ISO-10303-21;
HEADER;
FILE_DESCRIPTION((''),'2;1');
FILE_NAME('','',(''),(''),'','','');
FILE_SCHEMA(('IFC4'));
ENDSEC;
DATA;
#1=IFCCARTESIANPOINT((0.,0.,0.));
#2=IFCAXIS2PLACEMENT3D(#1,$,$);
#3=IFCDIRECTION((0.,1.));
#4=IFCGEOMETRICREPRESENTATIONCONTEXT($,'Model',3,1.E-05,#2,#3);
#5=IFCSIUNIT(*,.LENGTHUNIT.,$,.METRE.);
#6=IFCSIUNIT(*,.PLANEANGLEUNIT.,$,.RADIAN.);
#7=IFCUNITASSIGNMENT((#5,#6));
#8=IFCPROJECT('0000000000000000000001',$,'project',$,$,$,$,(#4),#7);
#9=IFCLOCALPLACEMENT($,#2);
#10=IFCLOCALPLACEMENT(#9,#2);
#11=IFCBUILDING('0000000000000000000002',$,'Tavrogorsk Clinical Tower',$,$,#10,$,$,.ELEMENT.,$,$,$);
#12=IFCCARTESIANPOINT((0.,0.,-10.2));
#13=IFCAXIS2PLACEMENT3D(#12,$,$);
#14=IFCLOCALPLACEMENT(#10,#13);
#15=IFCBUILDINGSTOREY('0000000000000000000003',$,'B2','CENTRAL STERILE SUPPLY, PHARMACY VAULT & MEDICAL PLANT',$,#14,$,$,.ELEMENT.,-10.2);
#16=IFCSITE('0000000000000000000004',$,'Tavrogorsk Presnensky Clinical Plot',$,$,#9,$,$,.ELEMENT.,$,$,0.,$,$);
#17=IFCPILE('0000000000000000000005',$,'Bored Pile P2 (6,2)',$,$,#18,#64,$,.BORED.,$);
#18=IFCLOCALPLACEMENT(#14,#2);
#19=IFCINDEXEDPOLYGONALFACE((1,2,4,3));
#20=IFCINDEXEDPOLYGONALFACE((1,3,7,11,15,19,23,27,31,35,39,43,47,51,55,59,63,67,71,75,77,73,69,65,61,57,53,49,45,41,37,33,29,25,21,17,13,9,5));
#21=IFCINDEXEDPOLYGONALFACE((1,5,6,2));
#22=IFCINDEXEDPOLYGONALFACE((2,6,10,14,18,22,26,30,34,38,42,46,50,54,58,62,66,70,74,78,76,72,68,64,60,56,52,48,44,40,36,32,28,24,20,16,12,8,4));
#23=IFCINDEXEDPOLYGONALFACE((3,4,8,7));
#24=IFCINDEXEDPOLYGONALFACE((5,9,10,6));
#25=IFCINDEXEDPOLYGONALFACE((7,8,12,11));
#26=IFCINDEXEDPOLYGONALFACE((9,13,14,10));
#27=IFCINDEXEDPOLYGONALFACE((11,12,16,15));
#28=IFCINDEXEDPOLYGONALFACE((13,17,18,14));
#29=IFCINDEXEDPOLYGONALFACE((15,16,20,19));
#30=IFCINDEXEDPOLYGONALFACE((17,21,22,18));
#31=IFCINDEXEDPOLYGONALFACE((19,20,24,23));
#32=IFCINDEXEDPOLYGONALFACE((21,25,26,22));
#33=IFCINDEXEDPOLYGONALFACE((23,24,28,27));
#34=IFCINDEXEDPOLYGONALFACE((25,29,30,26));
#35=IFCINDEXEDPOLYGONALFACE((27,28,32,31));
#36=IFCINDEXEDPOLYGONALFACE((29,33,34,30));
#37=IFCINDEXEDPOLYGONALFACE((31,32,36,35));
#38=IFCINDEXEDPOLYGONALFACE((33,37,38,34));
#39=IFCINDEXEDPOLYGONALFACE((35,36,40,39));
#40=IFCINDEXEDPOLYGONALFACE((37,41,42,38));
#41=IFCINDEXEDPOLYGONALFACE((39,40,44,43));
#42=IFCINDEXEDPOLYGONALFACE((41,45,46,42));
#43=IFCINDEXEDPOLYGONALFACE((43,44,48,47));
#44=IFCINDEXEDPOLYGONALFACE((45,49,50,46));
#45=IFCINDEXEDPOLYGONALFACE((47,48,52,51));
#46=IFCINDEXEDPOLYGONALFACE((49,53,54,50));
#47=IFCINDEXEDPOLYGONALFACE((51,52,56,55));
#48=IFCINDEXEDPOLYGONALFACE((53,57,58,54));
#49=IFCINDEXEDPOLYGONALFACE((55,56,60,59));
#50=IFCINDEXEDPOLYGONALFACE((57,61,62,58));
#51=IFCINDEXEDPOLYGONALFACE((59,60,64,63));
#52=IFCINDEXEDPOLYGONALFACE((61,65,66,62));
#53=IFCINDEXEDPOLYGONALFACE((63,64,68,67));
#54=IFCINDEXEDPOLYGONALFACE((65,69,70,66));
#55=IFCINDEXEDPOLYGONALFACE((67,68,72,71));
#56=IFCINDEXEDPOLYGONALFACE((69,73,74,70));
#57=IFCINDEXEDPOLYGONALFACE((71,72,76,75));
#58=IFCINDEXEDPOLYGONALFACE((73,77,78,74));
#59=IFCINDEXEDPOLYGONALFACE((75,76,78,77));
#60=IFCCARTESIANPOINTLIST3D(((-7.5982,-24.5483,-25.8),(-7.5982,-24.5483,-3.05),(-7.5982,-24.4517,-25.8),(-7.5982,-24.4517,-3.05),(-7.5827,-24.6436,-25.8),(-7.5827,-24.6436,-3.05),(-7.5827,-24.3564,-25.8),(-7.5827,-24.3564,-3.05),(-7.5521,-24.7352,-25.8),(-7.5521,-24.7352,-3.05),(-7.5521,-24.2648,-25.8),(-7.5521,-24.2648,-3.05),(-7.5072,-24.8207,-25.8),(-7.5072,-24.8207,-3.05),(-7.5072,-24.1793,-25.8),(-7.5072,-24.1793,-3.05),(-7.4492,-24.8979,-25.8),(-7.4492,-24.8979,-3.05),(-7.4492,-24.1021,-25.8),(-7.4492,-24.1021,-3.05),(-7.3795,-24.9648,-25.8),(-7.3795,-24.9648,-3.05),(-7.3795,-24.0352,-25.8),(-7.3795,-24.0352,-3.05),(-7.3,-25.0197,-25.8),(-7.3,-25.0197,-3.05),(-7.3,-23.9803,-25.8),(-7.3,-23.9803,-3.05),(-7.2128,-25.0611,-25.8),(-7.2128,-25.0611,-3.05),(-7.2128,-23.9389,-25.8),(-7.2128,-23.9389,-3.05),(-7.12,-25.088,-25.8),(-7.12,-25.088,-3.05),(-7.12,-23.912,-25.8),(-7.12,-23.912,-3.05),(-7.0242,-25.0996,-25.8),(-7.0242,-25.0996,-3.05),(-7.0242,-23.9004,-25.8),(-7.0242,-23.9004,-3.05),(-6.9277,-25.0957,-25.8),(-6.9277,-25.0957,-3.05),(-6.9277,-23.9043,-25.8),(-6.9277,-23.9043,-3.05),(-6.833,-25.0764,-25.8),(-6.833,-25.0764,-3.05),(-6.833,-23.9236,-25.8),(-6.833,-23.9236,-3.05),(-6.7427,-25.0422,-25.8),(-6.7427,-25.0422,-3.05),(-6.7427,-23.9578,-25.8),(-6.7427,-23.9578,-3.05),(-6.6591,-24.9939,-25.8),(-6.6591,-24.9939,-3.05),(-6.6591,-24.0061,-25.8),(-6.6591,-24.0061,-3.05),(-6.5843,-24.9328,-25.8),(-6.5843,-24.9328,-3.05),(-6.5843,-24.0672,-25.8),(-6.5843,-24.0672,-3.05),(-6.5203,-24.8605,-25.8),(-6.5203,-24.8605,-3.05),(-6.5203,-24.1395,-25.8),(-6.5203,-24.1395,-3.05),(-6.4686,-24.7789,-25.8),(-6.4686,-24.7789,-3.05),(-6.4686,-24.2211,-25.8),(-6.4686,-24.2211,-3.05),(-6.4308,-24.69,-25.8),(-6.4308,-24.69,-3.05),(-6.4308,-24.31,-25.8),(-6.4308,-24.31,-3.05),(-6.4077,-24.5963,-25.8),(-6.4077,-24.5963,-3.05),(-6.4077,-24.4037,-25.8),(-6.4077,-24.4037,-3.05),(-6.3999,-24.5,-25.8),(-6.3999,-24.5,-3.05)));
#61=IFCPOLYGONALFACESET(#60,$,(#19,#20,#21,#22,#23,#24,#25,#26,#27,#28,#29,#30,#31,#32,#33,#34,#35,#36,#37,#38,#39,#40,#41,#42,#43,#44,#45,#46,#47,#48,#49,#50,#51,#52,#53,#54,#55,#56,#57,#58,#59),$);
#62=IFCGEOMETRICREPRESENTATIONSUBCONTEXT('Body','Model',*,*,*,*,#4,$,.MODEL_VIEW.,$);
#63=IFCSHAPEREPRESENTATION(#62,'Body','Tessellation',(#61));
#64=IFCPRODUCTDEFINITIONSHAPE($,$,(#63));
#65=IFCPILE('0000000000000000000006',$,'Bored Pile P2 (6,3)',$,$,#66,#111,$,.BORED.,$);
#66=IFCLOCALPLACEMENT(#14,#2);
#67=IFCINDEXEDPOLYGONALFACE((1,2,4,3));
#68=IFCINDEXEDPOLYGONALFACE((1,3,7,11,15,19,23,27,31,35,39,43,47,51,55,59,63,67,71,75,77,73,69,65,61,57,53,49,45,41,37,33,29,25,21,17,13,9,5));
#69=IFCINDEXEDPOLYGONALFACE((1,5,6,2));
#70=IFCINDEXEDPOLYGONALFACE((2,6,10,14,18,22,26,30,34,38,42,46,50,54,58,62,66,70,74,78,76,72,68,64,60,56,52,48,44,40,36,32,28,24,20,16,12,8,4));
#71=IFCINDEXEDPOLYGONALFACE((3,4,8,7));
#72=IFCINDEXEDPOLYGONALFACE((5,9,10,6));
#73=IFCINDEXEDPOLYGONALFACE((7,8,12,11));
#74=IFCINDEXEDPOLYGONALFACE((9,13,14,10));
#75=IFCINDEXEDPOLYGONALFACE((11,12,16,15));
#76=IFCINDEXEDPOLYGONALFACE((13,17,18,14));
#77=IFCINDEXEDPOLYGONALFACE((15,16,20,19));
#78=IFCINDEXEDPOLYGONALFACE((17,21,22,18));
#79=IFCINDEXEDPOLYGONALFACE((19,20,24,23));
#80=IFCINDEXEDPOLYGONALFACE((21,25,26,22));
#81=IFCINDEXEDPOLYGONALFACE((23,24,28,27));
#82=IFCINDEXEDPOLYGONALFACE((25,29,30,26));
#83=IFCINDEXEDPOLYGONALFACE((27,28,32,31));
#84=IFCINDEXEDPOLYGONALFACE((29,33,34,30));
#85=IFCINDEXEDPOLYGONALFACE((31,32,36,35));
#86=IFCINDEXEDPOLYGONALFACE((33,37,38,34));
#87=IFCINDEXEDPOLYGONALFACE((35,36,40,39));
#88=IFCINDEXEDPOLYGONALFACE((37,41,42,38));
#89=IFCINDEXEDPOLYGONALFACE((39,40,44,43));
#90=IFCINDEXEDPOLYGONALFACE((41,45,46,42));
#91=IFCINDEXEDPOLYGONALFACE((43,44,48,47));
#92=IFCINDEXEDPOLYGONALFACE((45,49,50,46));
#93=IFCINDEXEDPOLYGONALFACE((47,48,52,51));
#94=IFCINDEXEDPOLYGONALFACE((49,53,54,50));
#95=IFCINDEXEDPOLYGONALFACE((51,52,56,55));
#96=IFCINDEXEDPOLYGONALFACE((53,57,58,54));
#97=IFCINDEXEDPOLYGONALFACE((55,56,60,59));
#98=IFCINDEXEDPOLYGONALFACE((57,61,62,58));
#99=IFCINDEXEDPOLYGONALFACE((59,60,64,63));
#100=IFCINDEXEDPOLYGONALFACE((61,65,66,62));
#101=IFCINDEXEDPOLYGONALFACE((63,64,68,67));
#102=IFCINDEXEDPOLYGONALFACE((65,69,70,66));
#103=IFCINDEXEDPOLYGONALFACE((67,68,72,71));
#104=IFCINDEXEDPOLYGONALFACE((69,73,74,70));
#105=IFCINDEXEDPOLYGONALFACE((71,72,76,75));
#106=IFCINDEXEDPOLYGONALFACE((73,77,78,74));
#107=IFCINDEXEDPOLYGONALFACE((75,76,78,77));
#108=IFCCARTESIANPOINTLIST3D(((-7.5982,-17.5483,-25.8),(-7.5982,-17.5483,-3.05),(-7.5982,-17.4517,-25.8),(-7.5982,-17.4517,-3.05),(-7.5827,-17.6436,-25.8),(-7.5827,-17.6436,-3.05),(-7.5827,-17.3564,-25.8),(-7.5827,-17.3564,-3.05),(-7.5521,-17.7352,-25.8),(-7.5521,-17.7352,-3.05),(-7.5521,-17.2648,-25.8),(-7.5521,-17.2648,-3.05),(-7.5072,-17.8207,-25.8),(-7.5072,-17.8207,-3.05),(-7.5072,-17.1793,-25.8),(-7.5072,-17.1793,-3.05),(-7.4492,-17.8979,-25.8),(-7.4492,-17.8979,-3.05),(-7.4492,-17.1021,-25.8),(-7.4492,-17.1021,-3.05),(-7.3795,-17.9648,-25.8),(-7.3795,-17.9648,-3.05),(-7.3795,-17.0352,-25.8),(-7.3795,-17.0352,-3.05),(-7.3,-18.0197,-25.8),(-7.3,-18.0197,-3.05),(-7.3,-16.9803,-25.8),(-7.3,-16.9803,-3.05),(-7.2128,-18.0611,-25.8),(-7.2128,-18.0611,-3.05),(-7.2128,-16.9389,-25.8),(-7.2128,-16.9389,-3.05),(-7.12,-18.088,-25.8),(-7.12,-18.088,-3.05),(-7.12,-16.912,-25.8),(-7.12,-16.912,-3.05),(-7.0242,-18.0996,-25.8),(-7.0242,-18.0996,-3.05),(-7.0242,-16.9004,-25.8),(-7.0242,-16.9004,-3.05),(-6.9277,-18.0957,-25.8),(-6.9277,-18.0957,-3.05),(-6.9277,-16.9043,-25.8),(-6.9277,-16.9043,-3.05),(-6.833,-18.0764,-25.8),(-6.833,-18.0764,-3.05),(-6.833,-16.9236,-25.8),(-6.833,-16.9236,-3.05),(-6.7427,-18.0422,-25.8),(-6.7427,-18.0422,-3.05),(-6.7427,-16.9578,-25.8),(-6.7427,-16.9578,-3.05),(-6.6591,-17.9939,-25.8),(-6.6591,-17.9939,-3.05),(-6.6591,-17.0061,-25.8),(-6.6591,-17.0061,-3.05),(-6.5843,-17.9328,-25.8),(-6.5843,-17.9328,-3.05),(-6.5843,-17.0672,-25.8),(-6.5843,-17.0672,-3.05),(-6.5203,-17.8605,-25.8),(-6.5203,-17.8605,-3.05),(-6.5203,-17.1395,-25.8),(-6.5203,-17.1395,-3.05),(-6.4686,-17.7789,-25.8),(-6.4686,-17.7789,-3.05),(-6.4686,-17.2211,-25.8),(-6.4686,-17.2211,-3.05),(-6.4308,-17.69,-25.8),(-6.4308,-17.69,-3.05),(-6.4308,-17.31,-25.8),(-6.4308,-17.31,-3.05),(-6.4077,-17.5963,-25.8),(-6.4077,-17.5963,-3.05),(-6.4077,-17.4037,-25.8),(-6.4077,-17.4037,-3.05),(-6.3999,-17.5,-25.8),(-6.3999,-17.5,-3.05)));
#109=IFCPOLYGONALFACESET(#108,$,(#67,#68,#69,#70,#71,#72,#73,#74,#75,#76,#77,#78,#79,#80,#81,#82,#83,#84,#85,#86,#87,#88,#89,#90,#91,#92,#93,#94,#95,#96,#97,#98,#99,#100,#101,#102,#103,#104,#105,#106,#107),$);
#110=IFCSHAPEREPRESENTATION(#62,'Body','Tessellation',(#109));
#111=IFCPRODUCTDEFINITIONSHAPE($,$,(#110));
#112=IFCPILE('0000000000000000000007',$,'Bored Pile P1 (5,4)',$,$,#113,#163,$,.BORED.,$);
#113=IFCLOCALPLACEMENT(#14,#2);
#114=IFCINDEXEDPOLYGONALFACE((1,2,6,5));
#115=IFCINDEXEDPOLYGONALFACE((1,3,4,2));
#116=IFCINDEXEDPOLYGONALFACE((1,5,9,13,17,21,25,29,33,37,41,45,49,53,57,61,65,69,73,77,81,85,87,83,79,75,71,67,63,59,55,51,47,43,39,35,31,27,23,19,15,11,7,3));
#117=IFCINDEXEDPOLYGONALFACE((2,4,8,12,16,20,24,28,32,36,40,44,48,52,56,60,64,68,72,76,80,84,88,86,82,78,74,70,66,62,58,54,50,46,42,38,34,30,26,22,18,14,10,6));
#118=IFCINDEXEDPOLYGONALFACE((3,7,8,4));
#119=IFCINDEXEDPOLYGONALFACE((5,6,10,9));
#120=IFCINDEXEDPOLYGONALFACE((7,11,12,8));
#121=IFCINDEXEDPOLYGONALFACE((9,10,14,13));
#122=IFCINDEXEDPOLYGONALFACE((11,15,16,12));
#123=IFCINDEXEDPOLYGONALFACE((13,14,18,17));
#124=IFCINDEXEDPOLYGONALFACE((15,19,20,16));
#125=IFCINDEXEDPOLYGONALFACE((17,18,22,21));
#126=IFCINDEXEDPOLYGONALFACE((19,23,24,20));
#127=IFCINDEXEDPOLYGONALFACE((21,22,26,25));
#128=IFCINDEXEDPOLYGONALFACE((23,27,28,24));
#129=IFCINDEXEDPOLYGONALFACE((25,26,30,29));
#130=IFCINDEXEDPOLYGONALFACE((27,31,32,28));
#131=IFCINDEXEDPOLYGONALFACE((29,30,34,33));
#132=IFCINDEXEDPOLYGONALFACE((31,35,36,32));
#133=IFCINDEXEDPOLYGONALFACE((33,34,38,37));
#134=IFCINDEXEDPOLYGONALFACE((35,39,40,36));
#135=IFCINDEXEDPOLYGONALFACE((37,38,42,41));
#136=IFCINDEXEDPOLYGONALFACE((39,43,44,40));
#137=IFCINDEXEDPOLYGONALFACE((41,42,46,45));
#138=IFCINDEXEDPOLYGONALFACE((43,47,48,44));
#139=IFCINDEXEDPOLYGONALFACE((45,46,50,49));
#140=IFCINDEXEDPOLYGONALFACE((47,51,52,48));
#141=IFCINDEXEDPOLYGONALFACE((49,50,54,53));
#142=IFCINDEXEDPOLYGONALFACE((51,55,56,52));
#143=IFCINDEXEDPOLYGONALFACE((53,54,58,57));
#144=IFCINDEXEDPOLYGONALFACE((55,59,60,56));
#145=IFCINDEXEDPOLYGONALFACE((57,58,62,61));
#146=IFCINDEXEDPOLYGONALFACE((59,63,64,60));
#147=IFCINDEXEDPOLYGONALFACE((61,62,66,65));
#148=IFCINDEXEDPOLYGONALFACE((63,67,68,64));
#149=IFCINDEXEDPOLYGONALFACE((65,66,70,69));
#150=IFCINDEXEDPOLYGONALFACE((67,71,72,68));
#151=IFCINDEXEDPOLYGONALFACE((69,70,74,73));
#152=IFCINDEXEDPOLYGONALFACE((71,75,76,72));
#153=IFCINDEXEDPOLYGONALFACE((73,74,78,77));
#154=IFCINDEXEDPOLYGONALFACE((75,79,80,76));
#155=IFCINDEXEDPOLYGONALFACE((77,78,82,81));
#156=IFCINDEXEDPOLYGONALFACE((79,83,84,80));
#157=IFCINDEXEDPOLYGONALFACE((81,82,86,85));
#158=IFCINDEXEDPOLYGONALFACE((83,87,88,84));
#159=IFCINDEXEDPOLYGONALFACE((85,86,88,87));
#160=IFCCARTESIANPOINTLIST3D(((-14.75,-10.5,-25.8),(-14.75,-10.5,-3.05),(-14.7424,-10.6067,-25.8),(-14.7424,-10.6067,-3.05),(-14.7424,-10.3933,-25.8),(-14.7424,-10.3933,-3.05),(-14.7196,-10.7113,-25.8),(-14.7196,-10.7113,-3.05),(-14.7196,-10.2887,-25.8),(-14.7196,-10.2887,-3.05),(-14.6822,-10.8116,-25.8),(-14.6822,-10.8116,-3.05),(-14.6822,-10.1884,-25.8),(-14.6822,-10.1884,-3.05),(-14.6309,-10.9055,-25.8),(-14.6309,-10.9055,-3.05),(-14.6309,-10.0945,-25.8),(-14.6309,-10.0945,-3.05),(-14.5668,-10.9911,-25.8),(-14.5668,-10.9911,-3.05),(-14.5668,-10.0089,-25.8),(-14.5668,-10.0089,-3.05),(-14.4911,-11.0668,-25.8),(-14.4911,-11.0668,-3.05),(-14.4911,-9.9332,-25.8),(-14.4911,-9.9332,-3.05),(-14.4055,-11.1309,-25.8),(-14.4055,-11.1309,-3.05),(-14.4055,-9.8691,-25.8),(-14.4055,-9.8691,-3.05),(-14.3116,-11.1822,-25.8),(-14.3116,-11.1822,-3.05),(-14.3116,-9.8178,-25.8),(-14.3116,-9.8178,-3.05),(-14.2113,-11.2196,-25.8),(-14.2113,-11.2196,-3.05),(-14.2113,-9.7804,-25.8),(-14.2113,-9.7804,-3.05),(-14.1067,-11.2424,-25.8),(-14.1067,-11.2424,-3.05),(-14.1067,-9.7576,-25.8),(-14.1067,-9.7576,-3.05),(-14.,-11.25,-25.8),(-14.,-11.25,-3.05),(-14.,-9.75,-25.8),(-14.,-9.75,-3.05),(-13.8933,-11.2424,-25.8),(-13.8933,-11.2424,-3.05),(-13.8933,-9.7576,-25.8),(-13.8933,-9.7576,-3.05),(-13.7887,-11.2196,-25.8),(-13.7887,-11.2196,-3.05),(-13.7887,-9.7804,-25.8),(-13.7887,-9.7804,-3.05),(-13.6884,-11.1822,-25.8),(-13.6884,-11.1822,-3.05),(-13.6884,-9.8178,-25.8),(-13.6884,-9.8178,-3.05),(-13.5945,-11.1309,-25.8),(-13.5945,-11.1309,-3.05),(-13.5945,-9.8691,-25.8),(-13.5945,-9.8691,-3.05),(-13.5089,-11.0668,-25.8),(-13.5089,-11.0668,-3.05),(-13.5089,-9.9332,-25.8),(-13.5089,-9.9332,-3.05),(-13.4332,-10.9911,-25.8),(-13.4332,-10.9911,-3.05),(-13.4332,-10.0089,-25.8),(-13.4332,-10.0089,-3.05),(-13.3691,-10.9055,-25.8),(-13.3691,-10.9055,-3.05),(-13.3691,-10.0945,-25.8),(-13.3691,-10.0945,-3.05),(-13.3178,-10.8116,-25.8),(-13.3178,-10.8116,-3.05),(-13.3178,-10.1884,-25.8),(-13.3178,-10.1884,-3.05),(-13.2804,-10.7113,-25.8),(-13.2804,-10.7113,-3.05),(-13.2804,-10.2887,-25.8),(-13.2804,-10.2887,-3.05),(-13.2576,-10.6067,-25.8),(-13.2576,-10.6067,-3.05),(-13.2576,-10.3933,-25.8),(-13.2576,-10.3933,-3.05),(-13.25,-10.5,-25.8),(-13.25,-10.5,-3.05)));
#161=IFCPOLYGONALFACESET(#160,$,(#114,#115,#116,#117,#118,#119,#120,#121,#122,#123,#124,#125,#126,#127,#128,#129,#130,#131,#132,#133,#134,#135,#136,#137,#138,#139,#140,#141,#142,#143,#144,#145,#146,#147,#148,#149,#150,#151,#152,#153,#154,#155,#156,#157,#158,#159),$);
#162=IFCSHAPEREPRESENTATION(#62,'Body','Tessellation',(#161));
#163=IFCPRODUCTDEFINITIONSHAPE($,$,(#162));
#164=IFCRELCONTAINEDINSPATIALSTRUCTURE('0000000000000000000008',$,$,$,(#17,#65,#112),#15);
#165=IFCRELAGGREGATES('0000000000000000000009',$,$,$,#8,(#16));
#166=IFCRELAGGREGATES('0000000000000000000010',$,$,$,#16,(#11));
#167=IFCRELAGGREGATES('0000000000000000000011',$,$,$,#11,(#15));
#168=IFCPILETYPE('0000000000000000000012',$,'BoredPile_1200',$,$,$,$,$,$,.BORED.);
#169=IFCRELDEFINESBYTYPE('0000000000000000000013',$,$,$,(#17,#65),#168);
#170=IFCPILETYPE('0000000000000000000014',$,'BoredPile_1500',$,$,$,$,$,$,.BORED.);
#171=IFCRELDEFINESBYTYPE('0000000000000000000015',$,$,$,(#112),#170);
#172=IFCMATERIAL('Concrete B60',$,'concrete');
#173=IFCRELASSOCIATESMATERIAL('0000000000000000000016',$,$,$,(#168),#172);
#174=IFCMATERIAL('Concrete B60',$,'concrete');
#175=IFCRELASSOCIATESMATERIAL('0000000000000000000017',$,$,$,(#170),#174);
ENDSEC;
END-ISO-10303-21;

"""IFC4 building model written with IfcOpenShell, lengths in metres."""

from ifc_helpers import new_model, si_unit, direction, frame, origin, origin_2d, place, context, subcontext, project, spatial, circle, extrude, material, material_profile, profile_set, type_object, element, save


model = new_model("IFC4")

# Units and contexts
model_context = context("Model", 3, precision=1e-05, world=origin(), true_north=direction((0.0, 1.0)))
body_context = subcontext(model_context, "Body", "Model", "MODEL_VIEW")
ifc_project = project(units=[si_unit("LENGTHUNIT", "METRE"), si_unit("PLANEANGLEUNIT", "RADIAN")], contexts=[model_context])

# Site, building, storey
site_placement = place(None, origin())
site = spatial("IfcSite", under=ifc_project, at=site_placement, Name="Tavrogorsk Presnensky Clinical Plot", CompositionType="ELEMENT", RefElevation=0.0)
building_placement = place(site_placement, origin())
building = spatial("IfcBuilding", under=site, at=building_placement, Name="Tavrogorsk Clinical Tower", CompositionType="ELEMENT")
storey_placement = place(building_placement, frame((0.0, 0.0, -10.2)))
storey = spatial("IfcBuildingStorey", under=building, at=storey_placement, Name="B2", Description="CENTRAL STERILE SUPPLY, PHARMACY VAULT & MEDICAL PLANT", CompositionType="ELEMENT", Elevation=-10.2)

# Piles
ifc_material_1 = material(Name="Concrete B60", Category="concrete")
ifc_material_profile_1 = material_profile(ifc_material_1, circle(Radius=0.6001, at=origin_2d()), Name="BORED-PILE-1200")
ifc_profile_set_1 = profile_set([ifc_material_profile_1], Name="Concrete B60")
pile_type_1 = type_object("IfcPileType", Name="BoredPile_1200", PredefinedType="BORED", material=ifc_profile_set_1)
for number, where, z_axis, x_axis, name in (
    (1, (-7.0, -24.5, -3.05), (0.0, 0.0, -1.0), (1.0, 0.0, 0.0), "Bored Pile P2 (6,2)"),
    (2, (-7.0, -17.5, -3.05), (0.0, 0.0, -1.0), (1.0, 0.0, 0.0), "Bored Pile P2 (6,3)"),
):
    element("IfcPile", number, at=place(storey_placement, frame(where, z_axis=z_axis, x_axis=x_axis)), inside=storey, type_object=pile_type_1, Name=name, PredefinedType="BORED", context=body_context, shape_type="SweptSolid", body=[
        extrude(circle(Radius=0.6001, at=origin_2d()), origin(), (0.0, 0.0, 1.0), 22.75),
    ])
ifc_material_2 = material(Name="Concrete B60", Category="concrete")
ifc_material_profile_2 = material_profile(ifc_material_2, circle(Radius=0.75, at=origin_2d()), Name="BORED-PILE-1500")
ifc_profile_set_2 = profile_set([ifc_material_profile_2], Name="Concrete B60")
pile_type_2 = type_object("IfcPileType", Name="BoredPile_1500", PredefinedType="BORED", material=ifc_profile_set_2)
for number, where, z_axis, x_axis, name in (
    (3, (-14.0, -10.5, -3.05), (0.0, 0.0, -1.0), (1.0, 0.0, 0.0), "Bored Pile P1 (5,4)"),
):
    element("IfcPile", number, at=place(storey_placement, frame(where, z_axis=z_axis, x_axis=x_axis)), inside=storey, type_object=pile_type_2, Name=name, PredefinedType="BORED", context=body_context, shape_type="SweptSolid", body=[
        extrude(circle(Radius=0.75, at=origin_2d()), origin(), (0.0, 0.0, 1.0), 22.75),
    ])

save(model, "model.ifc")
